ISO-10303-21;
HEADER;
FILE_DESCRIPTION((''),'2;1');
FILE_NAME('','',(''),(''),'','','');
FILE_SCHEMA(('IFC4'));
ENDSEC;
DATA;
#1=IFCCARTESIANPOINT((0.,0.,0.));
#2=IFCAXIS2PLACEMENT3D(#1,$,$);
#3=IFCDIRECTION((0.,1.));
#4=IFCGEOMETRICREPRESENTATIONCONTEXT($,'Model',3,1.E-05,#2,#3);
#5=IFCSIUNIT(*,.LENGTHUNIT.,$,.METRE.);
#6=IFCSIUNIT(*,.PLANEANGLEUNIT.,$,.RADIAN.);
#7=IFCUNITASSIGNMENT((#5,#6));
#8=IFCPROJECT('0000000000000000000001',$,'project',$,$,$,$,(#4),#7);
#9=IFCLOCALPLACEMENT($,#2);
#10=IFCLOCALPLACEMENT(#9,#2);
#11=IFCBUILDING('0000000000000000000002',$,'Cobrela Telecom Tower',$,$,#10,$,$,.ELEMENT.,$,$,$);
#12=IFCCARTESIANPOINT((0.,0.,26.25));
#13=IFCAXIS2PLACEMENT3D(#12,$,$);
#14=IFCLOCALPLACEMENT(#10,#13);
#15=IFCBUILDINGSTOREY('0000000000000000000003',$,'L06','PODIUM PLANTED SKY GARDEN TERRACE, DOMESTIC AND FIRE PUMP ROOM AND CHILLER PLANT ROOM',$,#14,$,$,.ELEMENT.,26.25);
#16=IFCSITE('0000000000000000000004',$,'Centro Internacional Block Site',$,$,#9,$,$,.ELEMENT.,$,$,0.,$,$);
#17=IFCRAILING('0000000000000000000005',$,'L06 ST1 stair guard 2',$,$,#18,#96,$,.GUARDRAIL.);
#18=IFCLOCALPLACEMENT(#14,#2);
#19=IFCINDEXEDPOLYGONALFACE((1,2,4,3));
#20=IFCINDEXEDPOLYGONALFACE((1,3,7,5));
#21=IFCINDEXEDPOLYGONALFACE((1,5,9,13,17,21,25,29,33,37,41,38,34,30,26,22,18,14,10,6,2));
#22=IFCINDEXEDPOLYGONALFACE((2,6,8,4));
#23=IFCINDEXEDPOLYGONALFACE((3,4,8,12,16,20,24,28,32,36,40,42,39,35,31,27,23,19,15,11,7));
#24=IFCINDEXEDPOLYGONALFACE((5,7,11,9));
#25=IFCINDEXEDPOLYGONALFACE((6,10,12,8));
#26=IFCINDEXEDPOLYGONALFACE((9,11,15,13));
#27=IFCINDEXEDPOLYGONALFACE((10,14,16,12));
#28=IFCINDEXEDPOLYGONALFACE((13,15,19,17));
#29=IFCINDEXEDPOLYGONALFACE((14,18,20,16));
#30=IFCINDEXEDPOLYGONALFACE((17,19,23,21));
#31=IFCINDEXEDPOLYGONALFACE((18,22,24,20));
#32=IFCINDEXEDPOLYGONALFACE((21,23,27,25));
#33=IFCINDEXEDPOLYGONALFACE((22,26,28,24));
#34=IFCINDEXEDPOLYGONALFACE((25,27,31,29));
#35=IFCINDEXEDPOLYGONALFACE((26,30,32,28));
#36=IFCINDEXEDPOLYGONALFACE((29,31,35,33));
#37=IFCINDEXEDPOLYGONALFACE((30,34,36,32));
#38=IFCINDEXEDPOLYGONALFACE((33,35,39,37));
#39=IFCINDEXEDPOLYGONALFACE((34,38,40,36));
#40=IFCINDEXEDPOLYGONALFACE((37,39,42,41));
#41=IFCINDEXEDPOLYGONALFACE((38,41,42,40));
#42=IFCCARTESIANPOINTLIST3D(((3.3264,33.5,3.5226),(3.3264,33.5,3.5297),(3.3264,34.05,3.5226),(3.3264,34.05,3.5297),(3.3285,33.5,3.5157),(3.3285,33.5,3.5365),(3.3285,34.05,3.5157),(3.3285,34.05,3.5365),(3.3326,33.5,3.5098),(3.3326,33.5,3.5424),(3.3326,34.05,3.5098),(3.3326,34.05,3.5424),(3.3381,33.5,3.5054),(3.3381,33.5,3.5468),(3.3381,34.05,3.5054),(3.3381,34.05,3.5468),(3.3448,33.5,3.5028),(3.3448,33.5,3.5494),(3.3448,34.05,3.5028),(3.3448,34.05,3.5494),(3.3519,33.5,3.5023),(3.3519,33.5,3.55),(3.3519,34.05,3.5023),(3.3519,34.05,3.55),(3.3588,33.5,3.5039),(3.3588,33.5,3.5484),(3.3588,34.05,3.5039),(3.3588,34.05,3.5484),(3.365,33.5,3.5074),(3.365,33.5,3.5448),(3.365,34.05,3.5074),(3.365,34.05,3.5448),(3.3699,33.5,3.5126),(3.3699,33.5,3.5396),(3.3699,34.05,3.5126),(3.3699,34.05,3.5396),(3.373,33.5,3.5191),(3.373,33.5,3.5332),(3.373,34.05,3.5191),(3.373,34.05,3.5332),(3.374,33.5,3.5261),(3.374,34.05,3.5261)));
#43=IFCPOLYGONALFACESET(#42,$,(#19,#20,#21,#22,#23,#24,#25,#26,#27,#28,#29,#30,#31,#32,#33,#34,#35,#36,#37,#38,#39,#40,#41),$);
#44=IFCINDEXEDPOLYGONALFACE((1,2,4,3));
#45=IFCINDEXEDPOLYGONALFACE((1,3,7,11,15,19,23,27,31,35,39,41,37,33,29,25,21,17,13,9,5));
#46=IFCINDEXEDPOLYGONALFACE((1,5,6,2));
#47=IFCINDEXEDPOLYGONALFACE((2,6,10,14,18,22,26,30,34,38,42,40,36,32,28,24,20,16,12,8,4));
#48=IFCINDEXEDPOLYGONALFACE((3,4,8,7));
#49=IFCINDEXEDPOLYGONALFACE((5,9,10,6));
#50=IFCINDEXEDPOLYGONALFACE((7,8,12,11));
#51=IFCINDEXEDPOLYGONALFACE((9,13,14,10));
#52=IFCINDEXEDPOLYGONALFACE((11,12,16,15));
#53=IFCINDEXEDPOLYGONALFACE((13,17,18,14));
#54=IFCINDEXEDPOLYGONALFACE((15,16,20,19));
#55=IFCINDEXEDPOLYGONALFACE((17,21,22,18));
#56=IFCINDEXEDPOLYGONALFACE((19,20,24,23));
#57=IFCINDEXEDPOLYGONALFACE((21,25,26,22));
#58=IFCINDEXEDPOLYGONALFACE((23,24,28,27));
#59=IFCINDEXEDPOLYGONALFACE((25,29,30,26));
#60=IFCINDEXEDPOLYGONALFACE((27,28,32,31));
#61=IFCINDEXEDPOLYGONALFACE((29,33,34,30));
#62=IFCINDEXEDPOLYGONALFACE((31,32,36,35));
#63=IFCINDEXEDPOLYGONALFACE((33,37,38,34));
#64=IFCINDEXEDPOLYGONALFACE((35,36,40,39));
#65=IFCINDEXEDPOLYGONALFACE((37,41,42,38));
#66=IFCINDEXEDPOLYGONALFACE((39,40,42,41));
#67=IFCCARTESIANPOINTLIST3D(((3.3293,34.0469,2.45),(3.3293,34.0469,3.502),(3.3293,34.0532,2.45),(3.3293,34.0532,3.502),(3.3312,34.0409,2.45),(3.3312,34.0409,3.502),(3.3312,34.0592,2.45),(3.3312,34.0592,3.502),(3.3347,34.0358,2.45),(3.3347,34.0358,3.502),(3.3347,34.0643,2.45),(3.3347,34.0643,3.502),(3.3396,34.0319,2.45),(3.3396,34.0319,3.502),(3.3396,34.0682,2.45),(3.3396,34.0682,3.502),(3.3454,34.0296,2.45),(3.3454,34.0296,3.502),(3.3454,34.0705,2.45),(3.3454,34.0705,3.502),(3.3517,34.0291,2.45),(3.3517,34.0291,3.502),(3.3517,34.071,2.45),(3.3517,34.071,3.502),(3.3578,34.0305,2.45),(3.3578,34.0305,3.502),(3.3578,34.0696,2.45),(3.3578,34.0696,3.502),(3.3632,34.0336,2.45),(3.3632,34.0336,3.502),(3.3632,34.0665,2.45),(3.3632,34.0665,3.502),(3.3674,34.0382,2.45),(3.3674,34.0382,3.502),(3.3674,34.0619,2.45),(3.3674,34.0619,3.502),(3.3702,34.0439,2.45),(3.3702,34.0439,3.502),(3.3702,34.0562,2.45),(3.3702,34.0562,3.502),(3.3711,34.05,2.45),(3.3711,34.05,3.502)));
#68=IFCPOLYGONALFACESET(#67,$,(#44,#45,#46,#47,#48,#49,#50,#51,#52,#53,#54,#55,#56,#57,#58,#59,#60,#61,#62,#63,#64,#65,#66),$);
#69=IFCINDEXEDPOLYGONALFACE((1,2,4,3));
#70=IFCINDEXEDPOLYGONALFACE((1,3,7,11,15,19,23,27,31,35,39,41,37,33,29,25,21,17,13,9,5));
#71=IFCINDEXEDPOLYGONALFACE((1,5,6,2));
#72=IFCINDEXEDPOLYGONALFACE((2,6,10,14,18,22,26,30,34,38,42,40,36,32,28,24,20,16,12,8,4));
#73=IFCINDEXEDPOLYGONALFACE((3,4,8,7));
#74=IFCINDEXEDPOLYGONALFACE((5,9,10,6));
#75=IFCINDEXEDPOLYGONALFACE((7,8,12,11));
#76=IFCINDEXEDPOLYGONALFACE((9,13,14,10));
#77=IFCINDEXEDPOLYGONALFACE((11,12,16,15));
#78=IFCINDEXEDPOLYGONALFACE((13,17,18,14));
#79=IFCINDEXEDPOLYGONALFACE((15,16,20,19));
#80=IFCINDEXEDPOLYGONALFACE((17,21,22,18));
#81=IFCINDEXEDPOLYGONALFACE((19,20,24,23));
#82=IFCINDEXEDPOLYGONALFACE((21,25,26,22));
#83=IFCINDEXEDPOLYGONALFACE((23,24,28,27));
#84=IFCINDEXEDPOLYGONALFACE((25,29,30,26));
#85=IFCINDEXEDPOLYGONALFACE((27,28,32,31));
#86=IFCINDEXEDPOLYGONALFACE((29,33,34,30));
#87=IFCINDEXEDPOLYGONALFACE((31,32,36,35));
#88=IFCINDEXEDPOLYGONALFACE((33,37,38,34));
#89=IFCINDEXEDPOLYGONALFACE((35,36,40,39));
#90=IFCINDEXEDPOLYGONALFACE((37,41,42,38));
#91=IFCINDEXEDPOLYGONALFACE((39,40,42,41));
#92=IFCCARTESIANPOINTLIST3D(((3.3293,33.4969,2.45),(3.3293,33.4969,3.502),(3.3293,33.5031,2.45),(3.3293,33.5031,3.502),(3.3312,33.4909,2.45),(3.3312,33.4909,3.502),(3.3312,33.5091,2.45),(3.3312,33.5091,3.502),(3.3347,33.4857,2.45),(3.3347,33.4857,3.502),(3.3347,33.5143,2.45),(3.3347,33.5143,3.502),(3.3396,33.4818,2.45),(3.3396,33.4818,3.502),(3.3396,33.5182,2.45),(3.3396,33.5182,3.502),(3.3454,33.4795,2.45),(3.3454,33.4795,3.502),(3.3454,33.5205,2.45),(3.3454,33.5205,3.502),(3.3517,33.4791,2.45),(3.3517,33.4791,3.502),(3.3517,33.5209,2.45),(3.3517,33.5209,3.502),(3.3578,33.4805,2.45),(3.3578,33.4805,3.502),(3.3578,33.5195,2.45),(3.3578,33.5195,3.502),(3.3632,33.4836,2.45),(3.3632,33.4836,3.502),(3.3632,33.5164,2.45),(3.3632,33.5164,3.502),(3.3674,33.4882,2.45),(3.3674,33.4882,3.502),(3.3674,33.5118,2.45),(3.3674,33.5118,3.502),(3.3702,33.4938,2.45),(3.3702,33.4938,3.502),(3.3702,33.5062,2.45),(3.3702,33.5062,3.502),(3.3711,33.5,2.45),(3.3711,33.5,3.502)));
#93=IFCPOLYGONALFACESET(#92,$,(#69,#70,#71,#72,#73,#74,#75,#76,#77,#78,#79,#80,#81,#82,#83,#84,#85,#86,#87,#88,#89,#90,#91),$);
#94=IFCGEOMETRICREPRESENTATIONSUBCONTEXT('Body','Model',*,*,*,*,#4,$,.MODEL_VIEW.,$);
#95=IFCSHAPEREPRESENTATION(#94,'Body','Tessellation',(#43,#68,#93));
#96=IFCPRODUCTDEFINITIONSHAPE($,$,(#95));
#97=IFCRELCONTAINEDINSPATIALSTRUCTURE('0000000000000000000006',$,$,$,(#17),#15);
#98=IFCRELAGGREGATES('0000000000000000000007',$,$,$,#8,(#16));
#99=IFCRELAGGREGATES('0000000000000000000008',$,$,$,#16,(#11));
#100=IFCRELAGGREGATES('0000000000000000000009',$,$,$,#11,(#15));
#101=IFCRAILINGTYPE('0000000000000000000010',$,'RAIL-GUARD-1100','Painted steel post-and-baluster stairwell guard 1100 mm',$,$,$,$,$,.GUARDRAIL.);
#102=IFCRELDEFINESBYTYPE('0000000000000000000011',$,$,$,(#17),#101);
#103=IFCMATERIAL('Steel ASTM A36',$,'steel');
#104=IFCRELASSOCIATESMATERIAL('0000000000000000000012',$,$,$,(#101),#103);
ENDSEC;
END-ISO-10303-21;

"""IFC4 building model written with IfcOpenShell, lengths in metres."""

from ifc_helpers import new_model, si_unit, direction, frame, origin, origin_2d, place, context, subcontext, project, spatial, circle, extrude, material, type_object, element, save


model = new_model("IFC4")

# Units and contexts
model_context = context("Model", 3, precision=1e-05, world=origin(), true_north=direction((0.0, 1.0)))
body_context = subcontext(model_context, "Body", "Model", "MODEL_VIEW")
ifc_project = project(units=[si_unit("LENGTHUNIT", "METRE"), si_unit("PLANEANGLEUNIT", "RADIAN")], contexts=[model_context])

# Site, building, storey
site_placement = place(None, origin())
site = spatial("IfcSite", under=ifc_project, at=site_placement, Name="Centro Internacional Block Site", CompositionType="ELEMENT", RefElevation=0.0)
building_placement = place(site_placement, origin())
building = spatial("IfcBuilding", under=site, at=building_placement, Name="Cobrela Telecom Tower", CompositionType="ELEMENT")
storey_placement = place(building_placement, frame((0.0, 0.0, 26.25)))
storey = spatial("IfcBuildingStorey", under=building, at=storey_placement, Name="L06", Description="PODIUM PLANTED SKY GARDEN TERRACE, DOMESTIC AND FIRE PUMP ROOM AND CHILLER PLANT ROOM", CompositionType="ELEMENT", Elevation=26.25)

# Railing
ifc_material_1 = material(Name="Steel ASTM A36", Category="steel")
railing_type_1 = type_object("IfcRailingType", Name="RAIL-GUARD-1100", Description="Painted steel post-and-baluster stairwell guard 1100 mm", PredefinedType="GUARDRAIL", material=ifc_material_1)
railing_1_placement = place(storey_placement, frame((3.3501, 34.05, 2.45)))
element("IfcRailing", 1, at=railing_1_placement, inside=storey, type_object=railing_type_1, Name="L06 ST1 stair guard 2", PredefinedType="GUARDRAIL", context=body_context, shape_type="SweptSolid", body=[
    extrude(circle(Radius=0.0239, at=origin_2d()), frame((0.0, 0.0, 1.0762), z_axis=(0.0, -1.0, 0.0), x_axis=(1.0, 0.0, 0.0)), (0.0, 0.0, 1.0), 0.55),
    extrude(circle(Radius=0.021, at=origin_2d()), origin(), (0.0, 0.0, 1.0), 1.052),
    extrude(circle(Radius=0.021, at=origin_2d()), frame((0.0, -0.55, 0.0)), (0.0, 0.0, 1.0), 1.052),
])

save(model, "model.ifc")
